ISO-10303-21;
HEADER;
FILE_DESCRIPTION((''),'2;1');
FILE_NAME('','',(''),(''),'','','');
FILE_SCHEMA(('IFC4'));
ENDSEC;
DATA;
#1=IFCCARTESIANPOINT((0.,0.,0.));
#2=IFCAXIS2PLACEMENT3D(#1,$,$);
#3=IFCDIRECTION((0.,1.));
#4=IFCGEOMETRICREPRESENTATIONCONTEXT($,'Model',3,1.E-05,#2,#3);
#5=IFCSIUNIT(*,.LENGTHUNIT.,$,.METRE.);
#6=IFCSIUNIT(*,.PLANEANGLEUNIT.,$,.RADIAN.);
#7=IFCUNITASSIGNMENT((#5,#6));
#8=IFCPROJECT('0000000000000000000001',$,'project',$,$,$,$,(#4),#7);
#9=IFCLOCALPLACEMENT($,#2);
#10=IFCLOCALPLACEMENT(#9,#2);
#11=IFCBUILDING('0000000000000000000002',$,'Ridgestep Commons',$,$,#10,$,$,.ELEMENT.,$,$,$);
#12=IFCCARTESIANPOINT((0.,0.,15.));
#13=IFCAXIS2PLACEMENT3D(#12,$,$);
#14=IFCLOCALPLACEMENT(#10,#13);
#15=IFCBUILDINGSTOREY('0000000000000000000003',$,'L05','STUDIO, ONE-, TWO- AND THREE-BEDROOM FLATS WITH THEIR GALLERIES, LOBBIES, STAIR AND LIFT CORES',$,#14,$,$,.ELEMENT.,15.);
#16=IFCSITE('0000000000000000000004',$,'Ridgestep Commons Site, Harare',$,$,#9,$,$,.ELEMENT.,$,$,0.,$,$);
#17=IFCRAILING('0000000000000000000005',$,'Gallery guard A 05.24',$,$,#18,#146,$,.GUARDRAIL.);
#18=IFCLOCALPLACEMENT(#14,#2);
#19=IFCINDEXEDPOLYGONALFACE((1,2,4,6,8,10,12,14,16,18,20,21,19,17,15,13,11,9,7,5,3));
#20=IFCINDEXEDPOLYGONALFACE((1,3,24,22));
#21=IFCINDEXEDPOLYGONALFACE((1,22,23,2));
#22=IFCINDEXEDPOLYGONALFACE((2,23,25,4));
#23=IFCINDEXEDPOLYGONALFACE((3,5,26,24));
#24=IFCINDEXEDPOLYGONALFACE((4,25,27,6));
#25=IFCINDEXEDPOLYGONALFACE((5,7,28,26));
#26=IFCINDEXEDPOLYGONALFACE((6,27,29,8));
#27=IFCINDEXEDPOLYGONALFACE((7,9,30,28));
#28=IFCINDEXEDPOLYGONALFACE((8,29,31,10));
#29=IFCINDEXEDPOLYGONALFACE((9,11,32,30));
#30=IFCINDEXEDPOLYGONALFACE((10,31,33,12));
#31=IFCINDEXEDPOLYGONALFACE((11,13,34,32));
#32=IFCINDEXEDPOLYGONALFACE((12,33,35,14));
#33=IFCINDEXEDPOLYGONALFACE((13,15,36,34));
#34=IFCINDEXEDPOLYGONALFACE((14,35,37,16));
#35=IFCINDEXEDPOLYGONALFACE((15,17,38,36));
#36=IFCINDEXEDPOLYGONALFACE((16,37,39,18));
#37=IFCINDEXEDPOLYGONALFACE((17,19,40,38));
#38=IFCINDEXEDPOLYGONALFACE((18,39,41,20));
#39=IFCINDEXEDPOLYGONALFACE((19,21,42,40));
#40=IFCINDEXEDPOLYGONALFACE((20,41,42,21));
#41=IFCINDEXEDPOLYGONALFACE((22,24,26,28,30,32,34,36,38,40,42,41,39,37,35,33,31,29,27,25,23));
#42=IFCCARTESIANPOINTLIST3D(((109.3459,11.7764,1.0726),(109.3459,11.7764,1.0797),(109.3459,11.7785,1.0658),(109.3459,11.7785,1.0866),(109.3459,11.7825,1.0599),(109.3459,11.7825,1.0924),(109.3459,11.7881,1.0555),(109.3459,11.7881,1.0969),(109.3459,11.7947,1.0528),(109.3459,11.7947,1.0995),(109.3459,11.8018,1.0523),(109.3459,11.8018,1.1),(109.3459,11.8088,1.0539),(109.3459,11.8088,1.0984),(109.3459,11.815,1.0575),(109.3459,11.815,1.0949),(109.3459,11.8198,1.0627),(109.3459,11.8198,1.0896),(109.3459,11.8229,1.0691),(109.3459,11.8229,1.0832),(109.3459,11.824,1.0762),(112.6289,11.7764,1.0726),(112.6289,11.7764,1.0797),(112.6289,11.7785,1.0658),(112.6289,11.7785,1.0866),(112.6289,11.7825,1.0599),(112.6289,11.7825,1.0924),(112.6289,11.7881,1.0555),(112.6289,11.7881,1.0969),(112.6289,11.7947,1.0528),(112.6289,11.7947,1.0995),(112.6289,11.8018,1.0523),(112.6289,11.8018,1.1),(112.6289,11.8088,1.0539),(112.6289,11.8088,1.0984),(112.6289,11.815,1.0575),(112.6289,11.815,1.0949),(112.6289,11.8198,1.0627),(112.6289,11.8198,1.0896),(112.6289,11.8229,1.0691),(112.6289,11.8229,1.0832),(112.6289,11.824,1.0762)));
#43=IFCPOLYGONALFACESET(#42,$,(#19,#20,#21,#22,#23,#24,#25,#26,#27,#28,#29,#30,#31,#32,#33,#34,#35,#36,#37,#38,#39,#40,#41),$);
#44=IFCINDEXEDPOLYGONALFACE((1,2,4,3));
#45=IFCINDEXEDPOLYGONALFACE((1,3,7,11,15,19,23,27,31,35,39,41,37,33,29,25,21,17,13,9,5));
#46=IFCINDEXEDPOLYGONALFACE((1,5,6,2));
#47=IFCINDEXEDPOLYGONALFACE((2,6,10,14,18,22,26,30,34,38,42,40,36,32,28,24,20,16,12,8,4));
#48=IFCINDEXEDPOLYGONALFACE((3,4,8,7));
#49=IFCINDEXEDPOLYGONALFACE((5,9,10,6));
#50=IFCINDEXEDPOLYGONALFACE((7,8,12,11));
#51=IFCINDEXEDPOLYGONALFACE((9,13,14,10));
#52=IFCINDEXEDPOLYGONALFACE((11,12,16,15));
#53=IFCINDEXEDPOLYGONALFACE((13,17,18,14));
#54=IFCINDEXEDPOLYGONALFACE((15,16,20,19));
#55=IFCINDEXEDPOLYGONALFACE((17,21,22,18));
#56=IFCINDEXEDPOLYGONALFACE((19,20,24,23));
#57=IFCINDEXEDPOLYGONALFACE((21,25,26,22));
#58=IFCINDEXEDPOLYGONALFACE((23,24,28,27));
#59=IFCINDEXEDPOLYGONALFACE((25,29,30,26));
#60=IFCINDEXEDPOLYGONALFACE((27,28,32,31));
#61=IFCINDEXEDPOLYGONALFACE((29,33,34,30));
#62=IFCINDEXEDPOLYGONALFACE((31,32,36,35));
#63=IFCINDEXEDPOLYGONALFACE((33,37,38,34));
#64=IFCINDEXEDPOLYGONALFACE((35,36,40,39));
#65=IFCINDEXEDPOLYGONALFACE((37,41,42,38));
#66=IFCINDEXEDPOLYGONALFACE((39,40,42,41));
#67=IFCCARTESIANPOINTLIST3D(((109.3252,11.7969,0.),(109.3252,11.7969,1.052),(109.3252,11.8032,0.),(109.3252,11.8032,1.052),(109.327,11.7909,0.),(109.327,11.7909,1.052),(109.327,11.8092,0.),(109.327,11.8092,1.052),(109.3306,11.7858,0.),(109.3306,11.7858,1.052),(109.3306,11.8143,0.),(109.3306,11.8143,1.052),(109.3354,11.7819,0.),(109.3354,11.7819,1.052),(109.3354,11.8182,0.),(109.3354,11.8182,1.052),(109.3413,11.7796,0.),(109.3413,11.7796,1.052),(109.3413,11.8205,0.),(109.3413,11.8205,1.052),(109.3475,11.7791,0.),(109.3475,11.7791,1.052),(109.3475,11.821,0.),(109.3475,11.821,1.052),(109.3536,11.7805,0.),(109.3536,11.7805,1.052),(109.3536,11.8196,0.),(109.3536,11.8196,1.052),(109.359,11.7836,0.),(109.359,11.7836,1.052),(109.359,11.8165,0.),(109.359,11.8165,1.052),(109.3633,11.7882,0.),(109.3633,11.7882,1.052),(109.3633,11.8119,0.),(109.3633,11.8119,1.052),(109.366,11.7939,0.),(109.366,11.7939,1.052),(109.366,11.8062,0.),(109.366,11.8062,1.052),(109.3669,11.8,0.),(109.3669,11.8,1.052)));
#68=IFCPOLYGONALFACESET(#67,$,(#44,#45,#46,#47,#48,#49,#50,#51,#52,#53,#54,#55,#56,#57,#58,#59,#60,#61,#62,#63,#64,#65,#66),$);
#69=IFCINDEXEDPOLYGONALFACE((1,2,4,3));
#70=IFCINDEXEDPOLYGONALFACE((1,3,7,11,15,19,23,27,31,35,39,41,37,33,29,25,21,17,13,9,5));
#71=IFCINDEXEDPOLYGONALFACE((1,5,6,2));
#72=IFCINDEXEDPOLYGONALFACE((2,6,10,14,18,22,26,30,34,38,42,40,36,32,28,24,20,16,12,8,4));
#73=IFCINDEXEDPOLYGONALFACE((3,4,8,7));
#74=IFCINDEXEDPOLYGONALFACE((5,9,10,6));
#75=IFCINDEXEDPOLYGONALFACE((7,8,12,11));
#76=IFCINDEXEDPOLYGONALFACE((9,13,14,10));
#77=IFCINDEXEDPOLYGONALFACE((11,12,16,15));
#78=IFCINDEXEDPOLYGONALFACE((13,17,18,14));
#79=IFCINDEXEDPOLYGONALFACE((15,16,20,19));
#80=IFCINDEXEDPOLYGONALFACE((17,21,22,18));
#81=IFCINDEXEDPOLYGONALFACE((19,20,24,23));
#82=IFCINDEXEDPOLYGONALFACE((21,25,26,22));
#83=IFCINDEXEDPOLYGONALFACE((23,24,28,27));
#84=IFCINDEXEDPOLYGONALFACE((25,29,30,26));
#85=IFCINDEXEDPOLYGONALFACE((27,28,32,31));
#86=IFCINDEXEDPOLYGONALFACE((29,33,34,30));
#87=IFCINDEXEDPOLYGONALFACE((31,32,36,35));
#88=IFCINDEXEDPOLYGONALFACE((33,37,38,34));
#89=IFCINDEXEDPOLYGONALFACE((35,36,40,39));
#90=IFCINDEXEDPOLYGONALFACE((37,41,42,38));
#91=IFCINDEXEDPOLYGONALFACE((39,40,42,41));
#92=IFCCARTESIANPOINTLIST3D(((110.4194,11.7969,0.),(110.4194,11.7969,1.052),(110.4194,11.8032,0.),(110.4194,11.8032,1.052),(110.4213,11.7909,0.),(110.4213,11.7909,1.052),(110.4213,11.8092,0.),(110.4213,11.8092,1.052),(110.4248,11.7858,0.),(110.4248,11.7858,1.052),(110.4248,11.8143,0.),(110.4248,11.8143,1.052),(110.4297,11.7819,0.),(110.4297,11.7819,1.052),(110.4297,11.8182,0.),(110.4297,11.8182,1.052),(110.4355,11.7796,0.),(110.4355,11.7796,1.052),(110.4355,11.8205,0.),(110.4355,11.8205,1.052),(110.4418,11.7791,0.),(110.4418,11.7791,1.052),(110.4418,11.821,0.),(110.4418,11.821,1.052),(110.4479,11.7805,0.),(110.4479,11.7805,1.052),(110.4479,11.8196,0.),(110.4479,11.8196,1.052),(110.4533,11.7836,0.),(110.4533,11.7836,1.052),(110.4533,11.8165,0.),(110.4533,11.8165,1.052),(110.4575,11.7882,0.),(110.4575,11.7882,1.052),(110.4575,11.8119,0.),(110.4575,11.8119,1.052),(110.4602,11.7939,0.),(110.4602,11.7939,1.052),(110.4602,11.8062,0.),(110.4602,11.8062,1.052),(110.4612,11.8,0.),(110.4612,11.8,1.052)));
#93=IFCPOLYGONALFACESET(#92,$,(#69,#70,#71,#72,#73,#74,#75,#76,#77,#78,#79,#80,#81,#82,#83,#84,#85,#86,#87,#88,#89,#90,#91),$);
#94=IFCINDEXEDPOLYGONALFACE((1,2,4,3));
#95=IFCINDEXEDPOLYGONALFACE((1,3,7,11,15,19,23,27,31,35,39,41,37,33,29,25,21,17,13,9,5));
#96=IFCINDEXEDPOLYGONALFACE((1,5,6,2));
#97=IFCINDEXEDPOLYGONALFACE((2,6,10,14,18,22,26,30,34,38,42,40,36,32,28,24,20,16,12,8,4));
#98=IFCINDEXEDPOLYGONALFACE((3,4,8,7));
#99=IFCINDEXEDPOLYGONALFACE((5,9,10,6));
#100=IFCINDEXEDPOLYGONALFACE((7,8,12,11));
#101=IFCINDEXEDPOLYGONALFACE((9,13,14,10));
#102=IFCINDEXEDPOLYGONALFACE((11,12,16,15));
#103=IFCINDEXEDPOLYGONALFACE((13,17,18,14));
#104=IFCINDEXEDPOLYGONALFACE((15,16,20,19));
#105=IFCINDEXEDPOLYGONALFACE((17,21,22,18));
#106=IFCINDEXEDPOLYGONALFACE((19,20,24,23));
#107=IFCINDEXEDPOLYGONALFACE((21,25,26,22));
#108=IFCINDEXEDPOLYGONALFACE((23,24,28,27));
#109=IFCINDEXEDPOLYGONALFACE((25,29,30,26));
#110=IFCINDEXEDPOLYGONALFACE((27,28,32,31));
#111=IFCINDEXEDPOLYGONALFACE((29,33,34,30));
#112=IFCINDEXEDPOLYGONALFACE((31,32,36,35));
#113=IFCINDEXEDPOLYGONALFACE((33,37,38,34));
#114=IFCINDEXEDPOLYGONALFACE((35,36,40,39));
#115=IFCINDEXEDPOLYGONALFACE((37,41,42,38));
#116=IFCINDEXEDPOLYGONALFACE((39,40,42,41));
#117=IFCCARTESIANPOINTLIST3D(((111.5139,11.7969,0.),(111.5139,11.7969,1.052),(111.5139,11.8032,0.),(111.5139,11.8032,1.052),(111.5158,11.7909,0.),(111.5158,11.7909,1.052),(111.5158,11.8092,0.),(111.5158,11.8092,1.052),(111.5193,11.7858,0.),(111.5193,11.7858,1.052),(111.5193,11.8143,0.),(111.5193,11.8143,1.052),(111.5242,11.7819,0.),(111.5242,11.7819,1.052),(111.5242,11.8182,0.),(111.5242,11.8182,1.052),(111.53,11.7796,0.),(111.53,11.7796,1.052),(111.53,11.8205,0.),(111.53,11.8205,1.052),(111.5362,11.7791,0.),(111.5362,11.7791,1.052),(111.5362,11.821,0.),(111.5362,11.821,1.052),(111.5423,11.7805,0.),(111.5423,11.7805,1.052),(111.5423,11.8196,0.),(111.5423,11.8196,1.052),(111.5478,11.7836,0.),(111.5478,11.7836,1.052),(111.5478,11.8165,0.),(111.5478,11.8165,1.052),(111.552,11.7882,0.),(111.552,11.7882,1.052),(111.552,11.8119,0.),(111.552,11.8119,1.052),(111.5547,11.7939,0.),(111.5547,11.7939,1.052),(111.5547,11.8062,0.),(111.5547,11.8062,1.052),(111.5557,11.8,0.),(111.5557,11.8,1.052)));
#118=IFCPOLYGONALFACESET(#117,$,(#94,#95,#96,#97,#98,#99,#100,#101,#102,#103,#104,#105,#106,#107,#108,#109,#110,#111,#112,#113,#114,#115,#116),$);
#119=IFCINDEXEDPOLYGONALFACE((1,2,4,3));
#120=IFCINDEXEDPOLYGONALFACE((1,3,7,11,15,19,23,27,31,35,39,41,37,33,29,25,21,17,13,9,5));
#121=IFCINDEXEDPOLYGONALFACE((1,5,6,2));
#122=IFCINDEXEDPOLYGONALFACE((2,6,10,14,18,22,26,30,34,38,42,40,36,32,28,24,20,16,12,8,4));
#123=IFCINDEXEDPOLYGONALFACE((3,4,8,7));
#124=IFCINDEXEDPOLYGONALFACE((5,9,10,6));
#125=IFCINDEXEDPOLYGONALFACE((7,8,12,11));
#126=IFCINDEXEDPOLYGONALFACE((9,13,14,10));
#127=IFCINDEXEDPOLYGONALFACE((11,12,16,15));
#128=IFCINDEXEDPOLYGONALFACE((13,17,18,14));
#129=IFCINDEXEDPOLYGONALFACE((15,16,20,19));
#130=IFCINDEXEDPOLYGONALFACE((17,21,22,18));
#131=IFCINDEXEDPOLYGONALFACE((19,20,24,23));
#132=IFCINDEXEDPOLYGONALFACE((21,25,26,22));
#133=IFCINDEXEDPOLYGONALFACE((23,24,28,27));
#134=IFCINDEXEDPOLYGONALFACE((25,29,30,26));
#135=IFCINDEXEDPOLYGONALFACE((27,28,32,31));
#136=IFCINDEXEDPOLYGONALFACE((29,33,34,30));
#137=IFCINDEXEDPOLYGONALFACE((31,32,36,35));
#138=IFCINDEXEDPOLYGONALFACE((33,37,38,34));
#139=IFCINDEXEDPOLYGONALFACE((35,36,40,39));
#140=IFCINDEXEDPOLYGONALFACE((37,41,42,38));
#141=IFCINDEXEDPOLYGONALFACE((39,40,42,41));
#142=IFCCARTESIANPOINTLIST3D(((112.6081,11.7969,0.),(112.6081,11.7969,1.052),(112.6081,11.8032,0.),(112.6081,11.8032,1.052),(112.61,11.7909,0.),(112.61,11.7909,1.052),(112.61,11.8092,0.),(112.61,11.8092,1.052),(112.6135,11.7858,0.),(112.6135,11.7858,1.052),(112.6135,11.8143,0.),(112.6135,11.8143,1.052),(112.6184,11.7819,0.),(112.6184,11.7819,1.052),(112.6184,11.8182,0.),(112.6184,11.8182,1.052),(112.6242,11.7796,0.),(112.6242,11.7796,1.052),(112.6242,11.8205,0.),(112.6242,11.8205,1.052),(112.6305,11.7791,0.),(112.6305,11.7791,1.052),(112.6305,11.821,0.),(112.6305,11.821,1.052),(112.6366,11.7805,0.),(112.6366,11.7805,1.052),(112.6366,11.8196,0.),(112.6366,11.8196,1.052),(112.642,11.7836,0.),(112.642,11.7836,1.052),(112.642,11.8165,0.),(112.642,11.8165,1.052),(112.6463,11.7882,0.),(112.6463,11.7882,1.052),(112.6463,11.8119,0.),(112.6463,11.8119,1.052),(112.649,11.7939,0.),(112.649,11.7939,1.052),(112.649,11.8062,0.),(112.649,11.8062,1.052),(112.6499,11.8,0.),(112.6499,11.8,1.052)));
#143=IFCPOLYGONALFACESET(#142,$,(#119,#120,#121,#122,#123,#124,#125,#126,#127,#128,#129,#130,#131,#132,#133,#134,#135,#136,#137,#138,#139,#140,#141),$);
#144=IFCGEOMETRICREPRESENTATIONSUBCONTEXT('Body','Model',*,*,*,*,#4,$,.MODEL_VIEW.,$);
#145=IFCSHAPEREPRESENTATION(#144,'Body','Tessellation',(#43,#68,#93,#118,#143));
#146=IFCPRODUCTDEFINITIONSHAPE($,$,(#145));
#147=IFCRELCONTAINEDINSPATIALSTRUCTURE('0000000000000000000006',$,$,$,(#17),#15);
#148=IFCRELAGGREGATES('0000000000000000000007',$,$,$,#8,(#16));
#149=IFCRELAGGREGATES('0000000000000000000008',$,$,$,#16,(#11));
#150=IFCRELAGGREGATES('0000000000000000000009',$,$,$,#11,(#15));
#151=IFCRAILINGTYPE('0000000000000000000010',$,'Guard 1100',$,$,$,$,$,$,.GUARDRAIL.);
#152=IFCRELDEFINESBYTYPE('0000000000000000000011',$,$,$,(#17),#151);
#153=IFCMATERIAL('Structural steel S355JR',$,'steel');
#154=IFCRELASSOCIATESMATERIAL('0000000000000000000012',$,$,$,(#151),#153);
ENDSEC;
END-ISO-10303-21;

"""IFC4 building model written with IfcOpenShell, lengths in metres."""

from ifc_helpers import new_model, si_unit, direction, frame, origin, origin_2d, place, context, subcontext, project, spatial, circle, extrude, material, type_object, element, save


model = new_model("IFC4")

# Units and contexts
model_context = context("Model", 3, precision=1e-05, world=origin(), true_north=direction((0.0, 1.0)))
body_context = subcontext(model_context, "Body", "Model", "MODEL_VIEW")
ifc_project = project(units=[si_unit("LENGTHUNIT", "METRE"), si_unit("PLANEANGLEUNIT", "RADIAN")], contexts=[model_context])

# Site, building, storey
site_placement = place(None, origin())
site = spatial("IfcSite", under=ifc_project, at=site_placement, Name="Ridgestep Commons Site, Harare", CompositionType="ELEMENT", RefElevation=0.0)
building_placement = place(site_placement, origin())
building = spatial("IfcBuilding", under=site, at=building_placement, Name="Ridgestep Commons", CompositionType="ELEMENT")
storey_placement = place(building_placement, frame((0.0, 0.0, 15.0)))
storey = spatial("IfcBuildingStorey", under=building, at=storey_placement, Name="L05", Description="STUDIO, ONE-, TWO- AND THREE-BEDROOM FLATS WITH THEIR GALLERIES, LOBBIES, STAIR AND LIFT CORES", CompositionType="ELEMENT", Elevation=15.0)

# Railing
ifc_material_1 = material(Name="Structural steel S355JR", Category="steel")
railing_type = type_object("IfcRailingType", Name="Guard 1100", PredefinedType="GUARDRAIL", material=ifc_material_1)
railing_1_placement = place(storey_placement, frame((109.3459, 11.8, 0.0)))
element("IfcRailing", 1, at=railing_1_placement, inside=storey, type_object=railing_type, Name="Gallery guard A 05.24", PredefinedType="GUARDRAIL", context=body_context, shape_type="SweptSolid", body=[
    extrude(circle(Radius=0.0239, at=origin_2d()), frame((0.0, 0.0, 1.0762), z_axis=(1.0, 0.0, 0.0), x_axis=(0.0, 1.0, 0.0)), (0.0, 0.0, 1.0), 3.283),
    extrude(circle(Radius=0.021, at=origin_2d()), origin(), (0.0, 0.0, 1.0), 1.052),
    extrude(circle(Radius=0.021, at=origin_2d()), frame((1.0942, 0.0, 0.0)), (0.0, 0.0, 1.0), 1.052),
    extrude(circle(Radius=0.021, at=origin_2d()), frame((2.1887, 0.0, 0.0)), (0.0, 0.0, 1.0), 1.052),
    extrude(circle(Radius=0.021, at=origin_2d()), frame((3.283, 0.0, 0.0)), (0.0, 0.0, 1.0), 1.052),
])

save(model, "model.ifc")
